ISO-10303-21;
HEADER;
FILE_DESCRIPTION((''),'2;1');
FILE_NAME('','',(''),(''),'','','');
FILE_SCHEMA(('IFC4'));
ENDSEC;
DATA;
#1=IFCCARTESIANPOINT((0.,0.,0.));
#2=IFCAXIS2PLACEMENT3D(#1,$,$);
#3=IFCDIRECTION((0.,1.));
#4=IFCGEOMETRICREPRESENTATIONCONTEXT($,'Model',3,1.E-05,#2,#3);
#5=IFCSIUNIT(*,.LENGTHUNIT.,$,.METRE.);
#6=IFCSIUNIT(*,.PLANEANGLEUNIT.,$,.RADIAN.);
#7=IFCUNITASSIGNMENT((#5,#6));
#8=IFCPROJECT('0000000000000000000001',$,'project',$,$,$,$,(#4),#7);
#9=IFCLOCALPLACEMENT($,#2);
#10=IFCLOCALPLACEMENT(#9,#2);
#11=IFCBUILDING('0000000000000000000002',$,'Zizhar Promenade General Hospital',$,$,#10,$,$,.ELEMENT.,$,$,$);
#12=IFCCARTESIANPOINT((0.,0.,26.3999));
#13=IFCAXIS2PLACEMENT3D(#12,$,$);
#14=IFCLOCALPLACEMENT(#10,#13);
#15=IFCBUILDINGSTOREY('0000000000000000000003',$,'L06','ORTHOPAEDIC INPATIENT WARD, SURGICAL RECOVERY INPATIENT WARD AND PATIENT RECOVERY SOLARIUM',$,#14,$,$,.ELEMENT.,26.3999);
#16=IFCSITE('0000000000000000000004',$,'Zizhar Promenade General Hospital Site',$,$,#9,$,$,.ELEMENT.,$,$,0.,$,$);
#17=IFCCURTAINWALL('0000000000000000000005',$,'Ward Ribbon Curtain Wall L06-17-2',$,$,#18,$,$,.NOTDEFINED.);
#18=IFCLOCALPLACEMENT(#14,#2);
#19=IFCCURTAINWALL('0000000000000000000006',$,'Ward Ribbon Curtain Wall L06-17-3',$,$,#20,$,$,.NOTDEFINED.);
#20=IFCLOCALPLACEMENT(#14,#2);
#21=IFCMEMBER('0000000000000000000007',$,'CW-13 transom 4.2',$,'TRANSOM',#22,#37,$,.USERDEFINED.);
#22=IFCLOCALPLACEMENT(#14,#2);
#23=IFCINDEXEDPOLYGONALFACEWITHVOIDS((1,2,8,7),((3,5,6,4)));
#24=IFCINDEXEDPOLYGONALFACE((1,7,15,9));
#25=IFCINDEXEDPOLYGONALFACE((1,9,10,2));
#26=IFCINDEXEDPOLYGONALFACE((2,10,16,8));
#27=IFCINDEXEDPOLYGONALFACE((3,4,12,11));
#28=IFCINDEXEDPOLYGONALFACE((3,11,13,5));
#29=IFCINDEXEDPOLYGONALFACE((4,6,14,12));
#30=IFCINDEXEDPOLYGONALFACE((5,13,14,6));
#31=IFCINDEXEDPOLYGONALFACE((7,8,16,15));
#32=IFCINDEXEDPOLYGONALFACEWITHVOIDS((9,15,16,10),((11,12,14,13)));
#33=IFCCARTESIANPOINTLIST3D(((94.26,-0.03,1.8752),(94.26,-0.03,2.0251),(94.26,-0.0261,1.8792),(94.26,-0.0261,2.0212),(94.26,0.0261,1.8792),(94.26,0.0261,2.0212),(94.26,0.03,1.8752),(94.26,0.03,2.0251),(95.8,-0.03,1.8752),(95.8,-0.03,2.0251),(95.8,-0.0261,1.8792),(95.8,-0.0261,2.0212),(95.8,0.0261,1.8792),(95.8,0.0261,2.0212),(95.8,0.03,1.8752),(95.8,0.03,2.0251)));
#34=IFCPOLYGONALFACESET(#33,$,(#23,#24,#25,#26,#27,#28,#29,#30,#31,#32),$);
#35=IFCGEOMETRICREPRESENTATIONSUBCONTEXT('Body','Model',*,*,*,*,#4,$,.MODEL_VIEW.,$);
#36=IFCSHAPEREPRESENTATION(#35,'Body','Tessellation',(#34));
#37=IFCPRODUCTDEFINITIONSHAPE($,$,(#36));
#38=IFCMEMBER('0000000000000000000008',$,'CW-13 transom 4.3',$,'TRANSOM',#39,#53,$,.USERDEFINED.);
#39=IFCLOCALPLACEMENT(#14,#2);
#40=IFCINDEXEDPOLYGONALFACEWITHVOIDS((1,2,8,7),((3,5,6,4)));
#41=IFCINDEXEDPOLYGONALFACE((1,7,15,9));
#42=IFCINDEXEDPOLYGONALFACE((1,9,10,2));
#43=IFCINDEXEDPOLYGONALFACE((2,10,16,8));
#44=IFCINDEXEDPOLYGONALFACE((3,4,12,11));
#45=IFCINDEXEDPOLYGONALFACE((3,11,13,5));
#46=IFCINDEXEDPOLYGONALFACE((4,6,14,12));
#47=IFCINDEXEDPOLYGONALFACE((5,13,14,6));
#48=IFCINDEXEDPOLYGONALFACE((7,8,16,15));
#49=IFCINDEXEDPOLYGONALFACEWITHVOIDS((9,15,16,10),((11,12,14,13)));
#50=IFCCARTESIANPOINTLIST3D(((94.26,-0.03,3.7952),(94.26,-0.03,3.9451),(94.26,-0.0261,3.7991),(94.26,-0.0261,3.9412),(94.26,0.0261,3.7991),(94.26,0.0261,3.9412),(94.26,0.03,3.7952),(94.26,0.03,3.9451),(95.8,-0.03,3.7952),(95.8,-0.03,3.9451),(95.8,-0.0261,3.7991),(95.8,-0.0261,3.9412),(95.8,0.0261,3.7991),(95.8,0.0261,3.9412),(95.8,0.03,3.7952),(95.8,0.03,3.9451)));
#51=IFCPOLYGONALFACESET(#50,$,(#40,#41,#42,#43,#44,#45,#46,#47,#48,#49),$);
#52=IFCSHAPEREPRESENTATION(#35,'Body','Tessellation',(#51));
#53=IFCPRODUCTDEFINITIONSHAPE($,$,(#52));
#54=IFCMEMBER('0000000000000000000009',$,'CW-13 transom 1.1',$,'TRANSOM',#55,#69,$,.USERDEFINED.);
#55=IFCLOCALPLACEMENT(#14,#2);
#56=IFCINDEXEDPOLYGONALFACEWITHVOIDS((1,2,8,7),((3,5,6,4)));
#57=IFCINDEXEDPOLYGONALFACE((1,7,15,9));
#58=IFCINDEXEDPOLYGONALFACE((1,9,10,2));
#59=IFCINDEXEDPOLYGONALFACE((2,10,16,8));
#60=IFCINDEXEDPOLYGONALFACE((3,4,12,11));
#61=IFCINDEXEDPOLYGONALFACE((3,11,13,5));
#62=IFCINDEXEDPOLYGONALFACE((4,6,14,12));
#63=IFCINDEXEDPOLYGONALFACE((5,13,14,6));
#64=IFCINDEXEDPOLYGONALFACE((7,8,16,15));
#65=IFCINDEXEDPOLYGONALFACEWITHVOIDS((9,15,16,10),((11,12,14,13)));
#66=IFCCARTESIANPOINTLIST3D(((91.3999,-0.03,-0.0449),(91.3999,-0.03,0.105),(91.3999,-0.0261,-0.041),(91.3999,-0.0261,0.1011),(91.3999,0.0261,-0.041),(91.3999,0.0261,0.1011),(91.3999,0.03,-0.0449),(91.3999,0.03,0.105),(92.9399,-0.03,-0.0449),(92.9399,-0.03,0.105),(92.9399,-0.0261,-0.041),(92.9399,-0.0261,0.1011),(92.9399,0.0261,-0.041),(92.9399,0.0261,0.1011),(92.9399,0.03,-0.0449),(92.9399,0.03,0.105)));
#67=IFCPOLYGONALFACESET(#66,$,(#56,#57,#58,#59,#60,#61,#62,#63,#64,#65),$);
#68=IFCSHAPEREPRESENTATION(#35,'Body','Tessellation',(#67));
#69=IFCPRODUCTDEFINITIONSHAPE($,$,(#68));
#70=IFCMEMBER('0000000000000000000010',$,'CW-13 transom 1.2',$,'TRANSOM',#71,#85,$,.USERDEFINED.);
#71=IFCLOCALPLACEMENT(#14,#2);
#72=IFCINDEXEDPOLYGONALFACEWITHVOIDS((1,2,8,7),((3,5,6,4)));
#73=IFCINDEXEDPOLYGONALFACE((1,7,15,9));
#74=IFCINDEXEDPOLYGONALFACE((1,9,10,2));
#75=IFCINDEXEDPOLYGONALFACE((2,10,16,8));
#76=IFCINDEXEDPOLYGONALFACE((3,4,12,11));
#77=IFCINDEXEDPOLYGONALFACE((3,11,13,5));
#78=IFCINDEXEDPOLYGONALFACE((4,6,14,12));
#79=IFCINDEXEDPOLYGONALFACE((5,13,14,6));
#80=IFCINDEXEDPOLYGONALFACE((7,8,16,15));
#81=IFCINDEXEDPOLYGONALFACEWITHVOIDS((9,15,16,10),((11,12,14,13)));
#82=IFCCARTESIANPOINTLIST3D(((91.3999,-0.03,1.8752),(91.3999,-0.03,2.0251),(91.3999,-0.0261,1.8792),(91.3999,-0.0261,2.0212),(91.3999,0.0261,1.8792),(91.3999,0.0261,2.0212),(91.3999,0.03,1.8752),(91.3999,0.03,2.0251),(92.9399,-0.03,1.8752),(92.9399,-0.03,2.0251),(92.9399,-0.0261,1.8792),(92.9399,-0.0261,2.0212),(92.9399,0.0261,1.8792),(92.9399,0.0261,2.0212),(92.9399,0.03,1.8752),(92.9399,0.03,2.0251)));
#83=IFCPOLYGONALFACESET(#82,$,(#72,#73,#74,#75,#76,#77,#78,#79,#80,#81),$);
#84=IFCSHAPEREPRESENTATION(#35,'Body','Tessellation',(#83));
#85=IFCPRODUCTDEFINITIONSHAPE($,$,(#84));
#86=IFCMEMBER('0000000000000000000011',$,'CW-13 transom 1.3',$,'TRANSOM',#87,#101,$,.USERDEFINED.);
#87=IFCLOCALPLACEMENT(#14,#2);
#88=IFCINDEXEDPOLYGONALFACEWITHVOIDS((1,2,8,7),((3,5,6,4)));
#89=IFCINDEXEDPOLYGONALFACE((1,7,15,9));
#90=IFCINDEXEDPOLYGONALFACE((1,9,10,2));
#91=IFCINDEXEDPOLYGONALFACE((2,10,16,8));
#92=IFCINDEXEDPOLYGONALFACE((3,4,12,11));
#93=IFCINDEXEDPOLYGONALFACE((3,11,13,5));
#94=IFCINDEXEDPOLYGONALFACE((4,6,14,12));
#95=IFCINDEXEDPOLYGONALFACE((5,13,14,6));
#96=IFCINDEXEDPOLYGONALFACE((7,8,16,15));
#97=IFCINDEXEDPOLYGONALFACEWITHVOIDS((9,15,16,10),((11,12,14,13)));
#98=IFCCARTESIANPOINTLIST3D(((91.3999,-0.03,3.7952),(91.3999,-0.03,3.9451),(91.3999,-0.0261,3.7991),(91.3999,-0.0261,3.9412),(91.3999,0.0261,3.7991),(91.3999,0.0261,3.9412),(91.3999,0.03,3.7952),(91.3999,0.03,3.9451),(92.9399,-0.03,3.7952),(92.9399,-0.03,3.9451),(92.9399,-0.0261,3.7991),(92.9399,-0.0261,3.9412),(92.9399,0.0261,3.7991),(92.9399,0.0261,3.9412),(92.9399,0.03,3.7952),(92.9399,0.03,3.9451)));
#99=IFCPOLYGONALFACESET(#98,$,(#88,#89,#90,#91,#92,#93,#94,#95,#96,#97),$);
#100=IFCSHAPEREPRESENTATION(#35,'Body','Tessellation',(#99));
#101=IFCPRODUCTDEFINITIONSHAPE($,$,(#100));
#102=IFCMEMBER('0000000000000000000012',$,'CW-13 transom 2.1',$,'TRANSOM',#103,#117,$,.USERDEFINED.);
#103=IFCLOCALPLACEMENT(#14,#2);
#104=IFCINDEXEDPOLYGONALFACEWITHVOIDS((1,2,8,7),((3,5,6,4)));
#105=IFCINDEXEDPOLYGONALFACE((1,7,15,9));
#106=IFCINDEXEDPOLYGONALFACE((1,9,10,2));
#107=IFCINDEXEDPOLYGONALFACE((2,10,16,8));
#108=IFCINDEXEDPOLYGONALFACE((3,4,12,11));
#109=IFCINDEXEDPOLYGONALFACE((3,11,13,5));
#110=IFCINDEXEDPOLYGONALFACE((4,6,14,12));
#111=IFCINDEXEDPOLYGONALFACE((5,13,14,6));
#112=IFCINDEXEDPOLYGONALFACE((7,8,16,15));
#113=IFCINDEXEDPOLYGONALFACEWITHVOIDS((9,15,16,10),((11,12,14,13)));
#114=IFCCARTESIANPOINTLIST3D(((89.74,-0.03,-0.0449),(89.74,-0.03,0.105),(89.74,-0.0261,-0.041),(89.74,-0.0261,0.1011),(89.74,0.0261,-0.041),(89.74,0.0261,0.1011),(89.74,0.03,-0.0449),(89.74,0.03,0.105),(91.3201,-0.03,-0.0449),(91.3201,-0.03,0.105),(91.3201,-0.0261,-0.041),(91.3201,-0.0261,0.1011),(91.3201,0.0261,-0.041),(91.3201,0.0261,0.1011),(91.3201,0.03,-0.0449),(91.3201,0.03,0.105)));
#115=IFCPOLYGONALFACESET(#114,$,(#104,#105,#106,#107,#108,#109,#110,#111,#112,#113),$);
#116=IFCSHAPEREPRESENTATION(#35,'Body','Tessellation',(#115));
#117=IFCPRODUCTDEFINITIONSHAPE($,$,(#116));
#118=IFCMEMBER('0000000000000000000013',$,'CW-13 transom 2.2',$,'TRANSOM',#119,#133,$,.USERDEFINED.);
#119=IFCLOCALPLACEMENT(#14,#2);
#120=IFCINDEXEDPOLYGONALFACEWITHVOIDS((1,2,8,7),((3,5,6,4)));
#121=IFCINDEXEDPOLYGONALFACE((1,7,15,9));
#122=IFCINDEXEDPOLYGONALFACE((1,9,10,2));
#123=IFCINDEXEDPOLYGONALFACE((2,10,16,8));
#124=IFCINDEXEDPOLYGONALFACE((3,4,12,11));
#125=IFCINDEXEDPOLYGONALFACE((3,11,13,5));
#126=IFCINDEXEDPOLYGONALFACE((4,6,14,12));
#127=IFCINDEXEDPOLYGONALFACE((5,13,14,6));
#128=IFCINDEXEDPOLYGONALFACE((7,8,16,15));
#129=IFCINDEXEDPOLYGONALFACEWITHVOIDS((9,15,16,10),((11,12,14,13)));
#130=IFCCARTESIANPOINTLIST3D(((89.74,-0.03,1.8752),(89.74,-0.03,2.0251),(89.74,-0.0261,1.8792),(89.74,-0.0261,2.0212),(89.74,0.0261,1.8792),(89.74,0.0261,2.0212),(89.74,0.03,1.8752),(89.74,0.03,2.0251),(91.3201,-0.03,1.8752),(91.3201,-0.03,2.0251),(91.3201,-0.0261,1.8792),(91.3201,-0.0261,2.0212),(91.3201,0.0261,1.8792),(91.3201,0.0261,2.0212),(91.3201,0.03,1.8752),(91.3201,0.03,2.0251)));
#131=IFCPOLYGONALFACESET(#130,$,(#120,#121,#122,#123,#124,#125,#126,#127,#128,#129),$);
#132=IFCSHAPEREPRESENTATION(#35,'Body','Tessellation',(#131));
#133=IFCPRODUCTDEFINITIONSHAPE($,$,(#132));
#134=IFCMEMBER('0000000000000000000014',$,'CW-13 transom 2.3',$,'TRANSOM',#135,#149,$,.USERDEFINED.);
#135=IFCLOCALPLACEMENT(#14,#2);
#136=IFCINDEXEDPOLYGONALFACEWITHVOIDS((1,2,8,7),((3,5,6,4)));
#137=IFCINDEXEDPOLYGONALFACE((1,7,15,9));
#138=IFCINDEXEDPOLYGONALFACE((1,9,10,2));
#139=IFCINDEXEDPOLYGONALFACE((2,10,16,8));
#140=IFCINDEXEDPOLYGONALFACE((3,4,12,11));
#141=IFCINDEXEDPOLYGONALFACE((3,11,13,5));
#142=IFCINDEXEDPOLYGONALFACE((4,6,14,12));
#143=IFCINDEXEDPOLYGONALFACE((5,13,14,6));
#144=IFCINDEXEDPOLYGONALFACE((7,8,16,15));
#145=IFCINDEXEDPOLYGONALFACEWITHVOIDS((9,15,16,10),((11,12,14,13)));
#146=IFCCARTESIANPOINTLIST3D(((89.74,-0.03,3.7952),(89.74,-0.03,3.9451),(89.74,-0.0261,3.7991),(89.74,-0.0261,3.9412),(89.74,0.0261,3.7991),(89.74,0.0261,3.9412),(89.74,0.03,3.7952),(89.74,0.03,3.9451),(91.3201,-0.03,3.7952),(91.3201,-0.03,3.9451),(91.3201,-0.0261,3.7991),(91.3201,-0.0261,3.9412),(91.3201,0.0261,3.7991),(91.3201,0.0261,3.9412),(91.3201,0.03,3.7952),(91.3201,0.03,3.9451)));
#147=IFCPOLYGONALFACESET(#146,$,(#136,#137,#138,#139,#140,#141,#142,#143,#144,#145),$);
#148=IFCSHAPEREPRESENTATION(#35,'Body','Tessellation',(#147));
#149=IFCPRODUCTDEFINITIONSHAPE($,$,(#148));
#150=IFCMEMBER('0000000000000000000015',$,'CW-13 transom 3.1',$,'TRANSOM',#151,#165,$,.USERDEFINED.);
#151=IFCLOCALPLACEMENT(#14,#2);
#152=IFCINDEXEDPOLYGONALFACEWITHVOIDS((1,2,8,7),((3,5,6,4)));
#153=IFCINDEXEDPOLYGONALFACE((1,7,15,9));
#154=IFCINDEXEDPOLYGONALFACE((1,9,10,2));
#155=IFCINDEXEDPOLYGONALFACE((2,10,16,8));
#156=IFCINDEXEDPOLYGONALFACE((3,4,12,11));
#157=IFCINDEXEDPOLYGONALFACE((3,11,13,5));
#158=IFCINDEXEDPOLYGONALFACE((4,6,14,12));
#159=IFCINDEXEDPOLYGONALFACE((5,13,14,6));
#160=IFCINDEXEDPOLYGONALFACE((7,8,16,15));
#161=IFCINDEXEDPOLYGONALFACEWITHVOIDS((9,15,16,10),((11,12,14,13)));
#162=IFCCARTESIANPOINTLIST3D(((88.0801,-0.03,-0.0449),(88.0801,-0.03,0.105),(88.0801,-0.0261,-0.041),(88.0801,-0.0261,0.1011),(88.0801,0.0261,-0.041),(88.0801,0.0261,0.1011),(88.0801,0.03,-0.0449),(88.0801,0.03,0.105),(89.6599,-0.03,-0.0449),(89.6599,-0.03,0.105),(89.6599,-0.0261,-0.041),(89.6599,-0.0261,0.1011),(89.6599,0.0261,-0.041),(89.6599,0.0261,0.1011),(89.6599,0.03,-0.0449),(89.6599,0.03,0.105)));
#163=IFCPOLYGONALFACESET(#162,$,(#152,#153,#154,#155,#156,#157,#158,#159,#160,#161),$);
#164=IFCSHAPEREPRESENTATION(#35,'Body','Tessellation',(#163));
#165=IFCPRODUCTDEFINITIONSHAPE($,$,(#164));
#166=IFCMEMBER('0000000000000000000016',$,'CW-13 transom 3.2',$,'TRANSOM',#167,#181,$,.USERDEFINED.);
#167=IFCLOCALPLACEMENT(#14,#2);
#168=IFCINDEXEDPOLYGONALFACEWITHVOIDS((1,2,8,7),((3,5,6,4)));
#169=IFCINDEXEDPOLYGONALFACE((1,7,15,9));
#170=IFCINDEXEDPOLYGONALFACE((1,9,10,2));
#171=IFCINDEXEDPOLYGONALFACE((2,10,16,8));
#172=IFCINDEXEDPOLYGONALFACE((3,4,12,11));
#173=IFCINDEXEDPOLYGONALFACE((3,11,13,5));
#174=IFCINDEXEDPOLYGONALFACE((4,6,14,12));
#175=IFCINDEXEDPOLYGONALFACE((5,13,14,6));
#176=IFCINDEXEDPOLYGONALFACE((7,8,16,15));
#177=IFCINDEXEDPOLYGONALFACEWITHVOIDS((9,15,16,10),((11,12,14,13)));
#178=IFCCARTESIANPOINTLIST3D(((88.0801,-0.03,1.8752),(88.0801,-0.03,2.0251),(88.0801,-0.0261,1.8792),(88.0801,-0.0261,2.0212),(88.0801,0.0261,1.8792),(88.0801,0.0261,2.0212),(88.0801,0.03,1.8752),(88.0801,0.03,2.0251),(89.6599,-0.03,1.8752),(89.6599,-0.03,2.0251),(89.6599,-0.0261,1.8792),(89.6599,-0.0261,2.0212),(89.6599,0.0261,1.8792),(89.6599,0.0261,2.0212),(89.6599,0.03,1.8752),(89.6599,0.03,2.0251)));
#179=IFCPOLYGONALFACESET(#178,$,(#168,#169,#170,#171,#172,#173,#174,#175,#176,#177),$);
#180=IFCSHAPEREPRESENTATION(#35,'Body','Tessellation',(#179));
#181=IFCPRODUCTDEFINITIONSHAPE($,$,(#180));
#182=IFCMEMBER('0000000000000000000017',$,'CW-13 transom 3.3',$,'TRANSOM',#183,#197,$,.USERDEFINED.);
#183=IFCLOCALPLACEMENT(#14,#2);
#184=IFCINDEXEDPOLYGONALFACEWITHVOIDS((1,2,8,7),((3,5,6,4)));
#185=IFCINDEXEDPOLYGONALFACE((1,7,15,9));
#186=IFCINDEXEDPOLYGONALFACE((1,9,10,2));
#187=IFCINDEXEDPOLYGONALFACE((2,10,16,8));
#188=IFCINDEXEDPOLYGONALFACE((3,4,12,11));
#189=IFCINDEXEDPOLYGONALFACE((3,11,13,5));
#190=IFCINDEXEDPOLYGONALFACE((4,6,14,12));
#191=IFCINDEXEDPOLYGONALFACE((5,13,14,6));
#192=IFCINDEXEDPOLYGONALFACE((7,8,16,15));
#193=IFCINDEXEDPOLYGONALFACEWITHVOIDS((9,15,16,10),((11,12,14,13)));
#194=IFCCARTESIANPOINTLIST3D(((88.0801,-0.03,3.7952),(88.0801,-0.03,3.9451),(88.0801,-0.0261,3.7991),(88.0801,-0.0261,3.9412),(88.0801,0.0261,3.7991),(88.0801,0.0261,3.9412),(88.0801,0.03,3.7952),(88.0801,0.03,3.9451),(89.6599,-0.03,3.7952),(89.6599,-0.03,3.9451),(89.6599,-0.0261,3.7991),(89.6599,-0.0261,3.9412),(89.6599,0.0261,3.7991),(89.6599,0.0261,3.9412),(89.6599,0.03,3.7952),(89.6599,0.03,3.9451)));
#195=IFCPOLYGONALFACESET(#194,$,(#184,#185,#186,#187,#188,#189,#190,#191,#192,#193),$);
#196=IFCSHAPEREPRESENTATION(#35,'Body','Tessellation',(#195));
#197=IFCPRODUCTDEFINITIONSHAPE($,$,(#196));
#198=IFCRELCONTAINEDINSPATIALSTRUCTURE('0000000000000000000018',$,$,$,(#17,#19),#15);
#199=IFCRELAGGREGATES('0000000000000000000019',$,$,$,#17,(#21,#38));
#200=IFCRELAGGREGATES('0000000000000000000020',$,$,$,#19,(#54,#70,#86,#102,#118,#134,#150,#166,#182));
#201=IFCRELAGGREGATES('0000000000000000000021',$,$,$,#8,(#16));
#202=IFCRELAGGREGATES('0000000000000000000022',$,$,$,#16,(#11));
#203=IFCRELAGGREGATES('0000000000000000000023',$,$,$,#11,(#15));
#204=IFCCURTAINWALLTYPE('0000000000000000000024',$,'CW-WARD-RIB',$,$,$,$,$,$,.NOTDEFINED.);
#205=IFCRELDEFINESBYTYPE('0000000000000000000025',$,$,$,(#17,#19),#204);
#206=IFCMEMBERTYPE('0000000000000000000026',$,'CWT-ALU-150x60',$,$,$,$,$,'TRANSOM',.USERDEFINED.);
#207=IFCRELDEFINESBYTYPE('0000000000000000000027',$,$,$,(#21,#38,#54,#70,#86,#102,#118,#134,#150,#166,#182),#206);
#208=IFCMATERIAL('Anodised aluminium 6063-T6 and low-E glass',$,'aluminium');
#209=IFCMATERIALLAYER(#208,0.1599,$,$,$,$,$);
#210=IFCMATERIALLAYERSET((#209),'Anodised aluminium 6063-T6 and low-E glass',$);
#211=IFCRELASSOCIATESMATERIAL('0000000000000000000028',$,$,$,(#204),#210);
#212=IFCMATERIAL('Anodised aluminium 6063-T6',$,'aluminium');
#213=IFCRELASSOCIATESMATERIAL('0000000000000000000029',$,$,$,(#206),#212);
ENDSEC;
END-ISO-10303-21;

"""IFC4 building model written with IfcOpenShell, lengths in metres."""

from ifc_helpers import new_model, si_unit, direction, frame, origin, origin_2d, place, context, subcontext, project, spatial, hollow_rectangle, extrude, material, layer, layer_set, material_profile, profile_set, type_object, element, aggregate, save


model = new_model("IFC4")

# Units and contexts
model_context = context("Model", 3, precision=1e-05, world=origin(), true_north=direction((0.0, 1.0)))
body_context = subcontext(model_context, "Body", "Model", "MODEL_VIEW")
ifc_project = project(units=[si_unit("LENGTHUNIT", "METRE"), si_unit("PLANEANGLEUNIT", "RADIAN")], contexts=[model_context])

# Site, building, storey
site_placement = place(None, origin())
site = spatial("IfcSite", under=ifc_project, at=site_placement, Name="Zizhar Promenade General Hospital Site", CompositionType="ELEMENT", RefElevation=0.0)
building_placement = place(site_placement, origin())
building = spatial("IfcBuilding", under=site, at=building_placement, Name="Zizhar Promenade General Hospital", CompositionType="ELEMENT")
storey_placement = place(building_placement, frame((0.0, 0.0, 26.3999)))
storey = spatial("IfcBuildingStorey", under=building, at=storey_placement, Name="L06", Description="ORTHOPAEDIC INPATIENT WARD, SURGICAL RECOVERY INPATIENT WARD AND PATIENT RECOVERY SOLARIUM", CompositionType="ELEMENT", Elevation=26.3999)

# Curtain walls
ifc_material_1 = material(Name="Anodised aluminium 6063-T6 and low-E glass", Category="aluminium")
ifc_layer_1 = layer(ifc_material_1, 0.1599)
ifc_layer_set_1 = layer_set([ifc_layer_1], Name="Anodised aluminium 6063-T6 and low-E glass")
curtain_wall_type = type_object("IfcCurtainWallType", Name="CW-WARD-RIB", PredefinedType="NOTDEFINED", material=ifc_layer_set_1)
curtain_wall_1_placement = place(storey_placement, origin())
curtain_wall_1 = element("IfcCurtainWall", 1, at=curtain_wall_1_placement, inside=storey, type_object=curtain_wall_type, Name="Ward Ribbon Curtain Wall L06-17-2", PredefinedType="NOTDEFINED")
curtain_wall_2_placement = place(storey_placement, origin())
curtain_wall_2 = element("IfcCurtainWall", 2, at=curtain_wall_2_placement, inside=storey, type_object=curtain_wall_type, Name="Ward Ribbon Curtain Wall L06-17-3", PredefinedType="NOTDEFINED")

# Members
ifc_material_2 = material(Name="Anodised aluminium 6063-T6", Category="aluminium")
ifc_material_profile_1 = material_profile(ifc_material_2, hollow_rectangle(XDim=0.0601, YDim=0.1499, WallThickness=0.0039, at=origin_2d()))
ifc_profile_set_1 = profile_set([ifc_material_profile_1], Name="Anodised aluminium 6063-T6")
member_type_1 = type_object("IfcMemberType", Name="CWT-ALU-150x60", ElementType="TRANSOM", PredefinedType="USERDEFINED", material=ifc_profile_set_1)
member_1_placement = place(storey_placement, frame((95.8, 0.0, 1.9502), z_axis=(-1.0, 0.0, 0.0), x_axis=(0.0, -1.0, 0.0)))
member_1 = element("IfcMember", 3, at=member_1_placement, type_object=member_type_1, Name="CW-13 transom 4.2", ObjectType="TRANSOM", PredefinedType="USERDEFINED", context=body_context, shape_type="SweptSolid", body=[
    extrude(hollow_rectangle(XDim=0.0601, YDim=0.1499, WallThickness=0.0039, at=origin_2d()), origin(), (0.0, 0.0, 1.0), 1.54),
])
member_2_placement = place(storey_placement, frame((95.8, 0.0, 3.8701), z_axis=(-1.0, 0.0, 0.0), x_axis=(0.0, -1.0, 0.0)))
member_2 = element("IfcMember", 4, at=member_2_placement, type_object=member_type_1, Name="CW-13 transom 4.3", ObjectType="TRANSOM", PredefinedType="USERDEFINED", context=body_context, shape_type="SweptSolid", body=[
    extrude(hollow_rectangle(XDim=0.0601, YDim=0.1499, WallThickness=0.0039, at=origin_2d()), origin(), (0.0, 0.0, 1.0), 1.54),
])
member_3_placement = place(storey_placement, frame((92.9399, 0.0, 0.03), z_axis=(-1.0, 0.0, 0.0), x_axis=(0.0, -1.0, 0.0)))
member_3 = element("IfcMember", 5, at=member_3_placement, type_object=member_type_1, Name="CW-13 transom 1.1", ObjectType="TRANSOM", PredefinedType="USERDEFINED", context=body_context, shape_type="SweptSolid", body=[
    extrude(hollow_rectangle(XDim=0.0601, YDim=0.1499, WallThickness=0.0039, at=origin_2d()), origin(), (0.0, 0.0, 1.0), 1.54),
])
member_4_placement = place(storey_placement, frame((92.9399, 0.0, 1.9502), z_axis=(-1.0, 0.0, 0.0), x_axis=(0.0, -1.0, 0.0)))
member_4 = element("IfcMember", 6, at=member_4_placement, type_object=member_type_1, Name="CW-13 transom 1.2", ObjectType="TRANSOM", PredefinedType="USERDEFINED", context=body_context, shape_type="SweptSolid", body=[
    extrude(hollow_rectangle(XDim=0.0601, YDim=0.1499, WallThickness=0.0039, at=origin_2d()), origin(), (0.0, 0.0, 1.0), 1.54),
])
member_5_placement = place(storey_placement, frame((92.9399, 0.0, 3.8701), z_axis=(-1.0, 0.0, 0.0), x_axis=(0.0, -1.0, 0.0)))
member_5 = element("IfcMember", 7, at=member_5_placement, type_object=member_type_1, Name="CW-13 transom 1.3", ObjectType="TRANSOM", PredefinedType="USERDEFINED", context=body_context, shape_type="SweptSolid", body=[
    extrude(hollow_rectangle(XDim=0.0601, YDim=0.1499, WallThickness=0.0039, at=origin_2d()), origin(), (0.0, 0.0, 1.0), 1.54),
])
member_6_placement = place(storey_placement, frame((91.3201, 0.0, 0.03), z_axis=(-1.0, 0.0, 0.0), x_axis=(0.0, -1.0, 0.0)))
member_6 = element("IfcMember", 8, at=member_6_placement, type_object=member_type_1, Name="CW-13 transom 2.1", ObjectType="TRANSOM", PredefinedType="USERDEFINED", context=body_context, shape_type="SweptSolid", body=[
    extrude(hollow_rectangle(XDim=0.0601, YDim=0.1499, WallThickness=0.0039, at=origin_2d()), origin(), (0.0, 0.0, 1.0), 1.5801),
])
member_7_placement = place(storey_placement, frame((91.3201, 0.0, 1.9502), z_axis=(-1.0, 0.0, 0.0), x_axis=(0.0, -1.0, 0.0)))
member_7 = element("IfcMember", 9, at=member_7_placement, type_object=member_type_1, Name="CW-13 transom 2.2", ObjectType="TRANSOM", PredefinedType="USERDEFINED", context=body_context, shape_type="SweptSolid", body=[
    extrude(hollow_rectangle(XDim=0.0601, YDim=0.1499, WallThickness=0.0039, at=origin_2d()), origin(), (0.0, 0.0, 1.0), 1.5801),
])
member_8_placement = place(storey_placement, frame((91.3201, 0.0, 3.8701), z_axis=(-1.0, 0.0, 0.0), x_axis=(0.0, -1.0, 0.0)))
member_8 = element("IfcMember", 10, at=member_8_placement, type_object=member_type_1, Name="CW-13 transom 2.3", ObjectType="TRANSOM", PredefinedType="USERDEFINED", context=body_context, shape_type="SweptSolid", body=[
    extrude(hollow_rectangle(XDim=0.0601, YDim=0.1499, WallThickness=0.0039, at=origin_2d()), origin(), (0.0, 0.0, 1.0), 1.5801),
])
member_9_placement = place(storey_placement, frame((89.6599, 0.0, 0.03), z_axis=(-1.0, 0.0, 0.0), x_axis=(0.0, -1.0, 0.0)))
member_9 = element("IfcMember", 11, at=member_9_placement, type_object=member_type_1, Name="CW-13 transom 3.1", ObjectType="TRANSOM", PredefinedType="USERDEFINED", context=body_context, shape_type="SweptSolid", body=[
    extrude(hollow_rectangle(XDim=0.0601, YDim=0.1499, WallThickness=0.0039, at=origin_2d()), origin(), (0.0, 0.0, 1.0), 1.5798),
])
member_10_placement = place(storey_placement, frame((89.6599, 0.0, 1.9502), z_axis=(-1.0, 0.0, 0.0), x_axis=(0.0, -1.0, 0.0)))
member_10 = element("IfcMember", 12, at=member_10_placement, type_object=member_type_1, Name="CW-13 transom 3.2", ObjectType="TRANSOM", PredefinedType="USERDEFINED", context=body_context, shape_type="SweptSolid", body=[
    extrude(hollow_rectangle(XDim=0.0601, YDim=0.1499, WallThickness=0.0039, at=origin_2d()), origin(), (0.0, 0.0, 1.0), 1.5798),
])
member_11_placement = place(storey_placement, frame((89.6599, 0.0, 3.8701), z_axis=(-1.0, 0.0, 0.0), x_axis=(0.0, -1.0, 0.0)))
member_11 = element("IfcMember", 13, at=member_11_placement, type_object=member_type_1, Name="CW-13 transom 3.3", ObjectType="TRANSOM", PredefinedType="USERDEFINED", context=body_context, shape_type="SweptSolid", body=[
    extrude(hollow_rectangle(XDim=0.0601, YDim=0.1499, WallThickness=0.0039, at=origin_2d()), origin(), (0.0, 0.0, 1.0), 1.5798),
])

aggregate(curtain_wall_1, [member_1, member_2])
aggregate(curtain_wall_2, [member_3, member_4, member_5, member_6, member_7, member_8, member_9, member_10, member_11])

save(model, "model.ifc")
